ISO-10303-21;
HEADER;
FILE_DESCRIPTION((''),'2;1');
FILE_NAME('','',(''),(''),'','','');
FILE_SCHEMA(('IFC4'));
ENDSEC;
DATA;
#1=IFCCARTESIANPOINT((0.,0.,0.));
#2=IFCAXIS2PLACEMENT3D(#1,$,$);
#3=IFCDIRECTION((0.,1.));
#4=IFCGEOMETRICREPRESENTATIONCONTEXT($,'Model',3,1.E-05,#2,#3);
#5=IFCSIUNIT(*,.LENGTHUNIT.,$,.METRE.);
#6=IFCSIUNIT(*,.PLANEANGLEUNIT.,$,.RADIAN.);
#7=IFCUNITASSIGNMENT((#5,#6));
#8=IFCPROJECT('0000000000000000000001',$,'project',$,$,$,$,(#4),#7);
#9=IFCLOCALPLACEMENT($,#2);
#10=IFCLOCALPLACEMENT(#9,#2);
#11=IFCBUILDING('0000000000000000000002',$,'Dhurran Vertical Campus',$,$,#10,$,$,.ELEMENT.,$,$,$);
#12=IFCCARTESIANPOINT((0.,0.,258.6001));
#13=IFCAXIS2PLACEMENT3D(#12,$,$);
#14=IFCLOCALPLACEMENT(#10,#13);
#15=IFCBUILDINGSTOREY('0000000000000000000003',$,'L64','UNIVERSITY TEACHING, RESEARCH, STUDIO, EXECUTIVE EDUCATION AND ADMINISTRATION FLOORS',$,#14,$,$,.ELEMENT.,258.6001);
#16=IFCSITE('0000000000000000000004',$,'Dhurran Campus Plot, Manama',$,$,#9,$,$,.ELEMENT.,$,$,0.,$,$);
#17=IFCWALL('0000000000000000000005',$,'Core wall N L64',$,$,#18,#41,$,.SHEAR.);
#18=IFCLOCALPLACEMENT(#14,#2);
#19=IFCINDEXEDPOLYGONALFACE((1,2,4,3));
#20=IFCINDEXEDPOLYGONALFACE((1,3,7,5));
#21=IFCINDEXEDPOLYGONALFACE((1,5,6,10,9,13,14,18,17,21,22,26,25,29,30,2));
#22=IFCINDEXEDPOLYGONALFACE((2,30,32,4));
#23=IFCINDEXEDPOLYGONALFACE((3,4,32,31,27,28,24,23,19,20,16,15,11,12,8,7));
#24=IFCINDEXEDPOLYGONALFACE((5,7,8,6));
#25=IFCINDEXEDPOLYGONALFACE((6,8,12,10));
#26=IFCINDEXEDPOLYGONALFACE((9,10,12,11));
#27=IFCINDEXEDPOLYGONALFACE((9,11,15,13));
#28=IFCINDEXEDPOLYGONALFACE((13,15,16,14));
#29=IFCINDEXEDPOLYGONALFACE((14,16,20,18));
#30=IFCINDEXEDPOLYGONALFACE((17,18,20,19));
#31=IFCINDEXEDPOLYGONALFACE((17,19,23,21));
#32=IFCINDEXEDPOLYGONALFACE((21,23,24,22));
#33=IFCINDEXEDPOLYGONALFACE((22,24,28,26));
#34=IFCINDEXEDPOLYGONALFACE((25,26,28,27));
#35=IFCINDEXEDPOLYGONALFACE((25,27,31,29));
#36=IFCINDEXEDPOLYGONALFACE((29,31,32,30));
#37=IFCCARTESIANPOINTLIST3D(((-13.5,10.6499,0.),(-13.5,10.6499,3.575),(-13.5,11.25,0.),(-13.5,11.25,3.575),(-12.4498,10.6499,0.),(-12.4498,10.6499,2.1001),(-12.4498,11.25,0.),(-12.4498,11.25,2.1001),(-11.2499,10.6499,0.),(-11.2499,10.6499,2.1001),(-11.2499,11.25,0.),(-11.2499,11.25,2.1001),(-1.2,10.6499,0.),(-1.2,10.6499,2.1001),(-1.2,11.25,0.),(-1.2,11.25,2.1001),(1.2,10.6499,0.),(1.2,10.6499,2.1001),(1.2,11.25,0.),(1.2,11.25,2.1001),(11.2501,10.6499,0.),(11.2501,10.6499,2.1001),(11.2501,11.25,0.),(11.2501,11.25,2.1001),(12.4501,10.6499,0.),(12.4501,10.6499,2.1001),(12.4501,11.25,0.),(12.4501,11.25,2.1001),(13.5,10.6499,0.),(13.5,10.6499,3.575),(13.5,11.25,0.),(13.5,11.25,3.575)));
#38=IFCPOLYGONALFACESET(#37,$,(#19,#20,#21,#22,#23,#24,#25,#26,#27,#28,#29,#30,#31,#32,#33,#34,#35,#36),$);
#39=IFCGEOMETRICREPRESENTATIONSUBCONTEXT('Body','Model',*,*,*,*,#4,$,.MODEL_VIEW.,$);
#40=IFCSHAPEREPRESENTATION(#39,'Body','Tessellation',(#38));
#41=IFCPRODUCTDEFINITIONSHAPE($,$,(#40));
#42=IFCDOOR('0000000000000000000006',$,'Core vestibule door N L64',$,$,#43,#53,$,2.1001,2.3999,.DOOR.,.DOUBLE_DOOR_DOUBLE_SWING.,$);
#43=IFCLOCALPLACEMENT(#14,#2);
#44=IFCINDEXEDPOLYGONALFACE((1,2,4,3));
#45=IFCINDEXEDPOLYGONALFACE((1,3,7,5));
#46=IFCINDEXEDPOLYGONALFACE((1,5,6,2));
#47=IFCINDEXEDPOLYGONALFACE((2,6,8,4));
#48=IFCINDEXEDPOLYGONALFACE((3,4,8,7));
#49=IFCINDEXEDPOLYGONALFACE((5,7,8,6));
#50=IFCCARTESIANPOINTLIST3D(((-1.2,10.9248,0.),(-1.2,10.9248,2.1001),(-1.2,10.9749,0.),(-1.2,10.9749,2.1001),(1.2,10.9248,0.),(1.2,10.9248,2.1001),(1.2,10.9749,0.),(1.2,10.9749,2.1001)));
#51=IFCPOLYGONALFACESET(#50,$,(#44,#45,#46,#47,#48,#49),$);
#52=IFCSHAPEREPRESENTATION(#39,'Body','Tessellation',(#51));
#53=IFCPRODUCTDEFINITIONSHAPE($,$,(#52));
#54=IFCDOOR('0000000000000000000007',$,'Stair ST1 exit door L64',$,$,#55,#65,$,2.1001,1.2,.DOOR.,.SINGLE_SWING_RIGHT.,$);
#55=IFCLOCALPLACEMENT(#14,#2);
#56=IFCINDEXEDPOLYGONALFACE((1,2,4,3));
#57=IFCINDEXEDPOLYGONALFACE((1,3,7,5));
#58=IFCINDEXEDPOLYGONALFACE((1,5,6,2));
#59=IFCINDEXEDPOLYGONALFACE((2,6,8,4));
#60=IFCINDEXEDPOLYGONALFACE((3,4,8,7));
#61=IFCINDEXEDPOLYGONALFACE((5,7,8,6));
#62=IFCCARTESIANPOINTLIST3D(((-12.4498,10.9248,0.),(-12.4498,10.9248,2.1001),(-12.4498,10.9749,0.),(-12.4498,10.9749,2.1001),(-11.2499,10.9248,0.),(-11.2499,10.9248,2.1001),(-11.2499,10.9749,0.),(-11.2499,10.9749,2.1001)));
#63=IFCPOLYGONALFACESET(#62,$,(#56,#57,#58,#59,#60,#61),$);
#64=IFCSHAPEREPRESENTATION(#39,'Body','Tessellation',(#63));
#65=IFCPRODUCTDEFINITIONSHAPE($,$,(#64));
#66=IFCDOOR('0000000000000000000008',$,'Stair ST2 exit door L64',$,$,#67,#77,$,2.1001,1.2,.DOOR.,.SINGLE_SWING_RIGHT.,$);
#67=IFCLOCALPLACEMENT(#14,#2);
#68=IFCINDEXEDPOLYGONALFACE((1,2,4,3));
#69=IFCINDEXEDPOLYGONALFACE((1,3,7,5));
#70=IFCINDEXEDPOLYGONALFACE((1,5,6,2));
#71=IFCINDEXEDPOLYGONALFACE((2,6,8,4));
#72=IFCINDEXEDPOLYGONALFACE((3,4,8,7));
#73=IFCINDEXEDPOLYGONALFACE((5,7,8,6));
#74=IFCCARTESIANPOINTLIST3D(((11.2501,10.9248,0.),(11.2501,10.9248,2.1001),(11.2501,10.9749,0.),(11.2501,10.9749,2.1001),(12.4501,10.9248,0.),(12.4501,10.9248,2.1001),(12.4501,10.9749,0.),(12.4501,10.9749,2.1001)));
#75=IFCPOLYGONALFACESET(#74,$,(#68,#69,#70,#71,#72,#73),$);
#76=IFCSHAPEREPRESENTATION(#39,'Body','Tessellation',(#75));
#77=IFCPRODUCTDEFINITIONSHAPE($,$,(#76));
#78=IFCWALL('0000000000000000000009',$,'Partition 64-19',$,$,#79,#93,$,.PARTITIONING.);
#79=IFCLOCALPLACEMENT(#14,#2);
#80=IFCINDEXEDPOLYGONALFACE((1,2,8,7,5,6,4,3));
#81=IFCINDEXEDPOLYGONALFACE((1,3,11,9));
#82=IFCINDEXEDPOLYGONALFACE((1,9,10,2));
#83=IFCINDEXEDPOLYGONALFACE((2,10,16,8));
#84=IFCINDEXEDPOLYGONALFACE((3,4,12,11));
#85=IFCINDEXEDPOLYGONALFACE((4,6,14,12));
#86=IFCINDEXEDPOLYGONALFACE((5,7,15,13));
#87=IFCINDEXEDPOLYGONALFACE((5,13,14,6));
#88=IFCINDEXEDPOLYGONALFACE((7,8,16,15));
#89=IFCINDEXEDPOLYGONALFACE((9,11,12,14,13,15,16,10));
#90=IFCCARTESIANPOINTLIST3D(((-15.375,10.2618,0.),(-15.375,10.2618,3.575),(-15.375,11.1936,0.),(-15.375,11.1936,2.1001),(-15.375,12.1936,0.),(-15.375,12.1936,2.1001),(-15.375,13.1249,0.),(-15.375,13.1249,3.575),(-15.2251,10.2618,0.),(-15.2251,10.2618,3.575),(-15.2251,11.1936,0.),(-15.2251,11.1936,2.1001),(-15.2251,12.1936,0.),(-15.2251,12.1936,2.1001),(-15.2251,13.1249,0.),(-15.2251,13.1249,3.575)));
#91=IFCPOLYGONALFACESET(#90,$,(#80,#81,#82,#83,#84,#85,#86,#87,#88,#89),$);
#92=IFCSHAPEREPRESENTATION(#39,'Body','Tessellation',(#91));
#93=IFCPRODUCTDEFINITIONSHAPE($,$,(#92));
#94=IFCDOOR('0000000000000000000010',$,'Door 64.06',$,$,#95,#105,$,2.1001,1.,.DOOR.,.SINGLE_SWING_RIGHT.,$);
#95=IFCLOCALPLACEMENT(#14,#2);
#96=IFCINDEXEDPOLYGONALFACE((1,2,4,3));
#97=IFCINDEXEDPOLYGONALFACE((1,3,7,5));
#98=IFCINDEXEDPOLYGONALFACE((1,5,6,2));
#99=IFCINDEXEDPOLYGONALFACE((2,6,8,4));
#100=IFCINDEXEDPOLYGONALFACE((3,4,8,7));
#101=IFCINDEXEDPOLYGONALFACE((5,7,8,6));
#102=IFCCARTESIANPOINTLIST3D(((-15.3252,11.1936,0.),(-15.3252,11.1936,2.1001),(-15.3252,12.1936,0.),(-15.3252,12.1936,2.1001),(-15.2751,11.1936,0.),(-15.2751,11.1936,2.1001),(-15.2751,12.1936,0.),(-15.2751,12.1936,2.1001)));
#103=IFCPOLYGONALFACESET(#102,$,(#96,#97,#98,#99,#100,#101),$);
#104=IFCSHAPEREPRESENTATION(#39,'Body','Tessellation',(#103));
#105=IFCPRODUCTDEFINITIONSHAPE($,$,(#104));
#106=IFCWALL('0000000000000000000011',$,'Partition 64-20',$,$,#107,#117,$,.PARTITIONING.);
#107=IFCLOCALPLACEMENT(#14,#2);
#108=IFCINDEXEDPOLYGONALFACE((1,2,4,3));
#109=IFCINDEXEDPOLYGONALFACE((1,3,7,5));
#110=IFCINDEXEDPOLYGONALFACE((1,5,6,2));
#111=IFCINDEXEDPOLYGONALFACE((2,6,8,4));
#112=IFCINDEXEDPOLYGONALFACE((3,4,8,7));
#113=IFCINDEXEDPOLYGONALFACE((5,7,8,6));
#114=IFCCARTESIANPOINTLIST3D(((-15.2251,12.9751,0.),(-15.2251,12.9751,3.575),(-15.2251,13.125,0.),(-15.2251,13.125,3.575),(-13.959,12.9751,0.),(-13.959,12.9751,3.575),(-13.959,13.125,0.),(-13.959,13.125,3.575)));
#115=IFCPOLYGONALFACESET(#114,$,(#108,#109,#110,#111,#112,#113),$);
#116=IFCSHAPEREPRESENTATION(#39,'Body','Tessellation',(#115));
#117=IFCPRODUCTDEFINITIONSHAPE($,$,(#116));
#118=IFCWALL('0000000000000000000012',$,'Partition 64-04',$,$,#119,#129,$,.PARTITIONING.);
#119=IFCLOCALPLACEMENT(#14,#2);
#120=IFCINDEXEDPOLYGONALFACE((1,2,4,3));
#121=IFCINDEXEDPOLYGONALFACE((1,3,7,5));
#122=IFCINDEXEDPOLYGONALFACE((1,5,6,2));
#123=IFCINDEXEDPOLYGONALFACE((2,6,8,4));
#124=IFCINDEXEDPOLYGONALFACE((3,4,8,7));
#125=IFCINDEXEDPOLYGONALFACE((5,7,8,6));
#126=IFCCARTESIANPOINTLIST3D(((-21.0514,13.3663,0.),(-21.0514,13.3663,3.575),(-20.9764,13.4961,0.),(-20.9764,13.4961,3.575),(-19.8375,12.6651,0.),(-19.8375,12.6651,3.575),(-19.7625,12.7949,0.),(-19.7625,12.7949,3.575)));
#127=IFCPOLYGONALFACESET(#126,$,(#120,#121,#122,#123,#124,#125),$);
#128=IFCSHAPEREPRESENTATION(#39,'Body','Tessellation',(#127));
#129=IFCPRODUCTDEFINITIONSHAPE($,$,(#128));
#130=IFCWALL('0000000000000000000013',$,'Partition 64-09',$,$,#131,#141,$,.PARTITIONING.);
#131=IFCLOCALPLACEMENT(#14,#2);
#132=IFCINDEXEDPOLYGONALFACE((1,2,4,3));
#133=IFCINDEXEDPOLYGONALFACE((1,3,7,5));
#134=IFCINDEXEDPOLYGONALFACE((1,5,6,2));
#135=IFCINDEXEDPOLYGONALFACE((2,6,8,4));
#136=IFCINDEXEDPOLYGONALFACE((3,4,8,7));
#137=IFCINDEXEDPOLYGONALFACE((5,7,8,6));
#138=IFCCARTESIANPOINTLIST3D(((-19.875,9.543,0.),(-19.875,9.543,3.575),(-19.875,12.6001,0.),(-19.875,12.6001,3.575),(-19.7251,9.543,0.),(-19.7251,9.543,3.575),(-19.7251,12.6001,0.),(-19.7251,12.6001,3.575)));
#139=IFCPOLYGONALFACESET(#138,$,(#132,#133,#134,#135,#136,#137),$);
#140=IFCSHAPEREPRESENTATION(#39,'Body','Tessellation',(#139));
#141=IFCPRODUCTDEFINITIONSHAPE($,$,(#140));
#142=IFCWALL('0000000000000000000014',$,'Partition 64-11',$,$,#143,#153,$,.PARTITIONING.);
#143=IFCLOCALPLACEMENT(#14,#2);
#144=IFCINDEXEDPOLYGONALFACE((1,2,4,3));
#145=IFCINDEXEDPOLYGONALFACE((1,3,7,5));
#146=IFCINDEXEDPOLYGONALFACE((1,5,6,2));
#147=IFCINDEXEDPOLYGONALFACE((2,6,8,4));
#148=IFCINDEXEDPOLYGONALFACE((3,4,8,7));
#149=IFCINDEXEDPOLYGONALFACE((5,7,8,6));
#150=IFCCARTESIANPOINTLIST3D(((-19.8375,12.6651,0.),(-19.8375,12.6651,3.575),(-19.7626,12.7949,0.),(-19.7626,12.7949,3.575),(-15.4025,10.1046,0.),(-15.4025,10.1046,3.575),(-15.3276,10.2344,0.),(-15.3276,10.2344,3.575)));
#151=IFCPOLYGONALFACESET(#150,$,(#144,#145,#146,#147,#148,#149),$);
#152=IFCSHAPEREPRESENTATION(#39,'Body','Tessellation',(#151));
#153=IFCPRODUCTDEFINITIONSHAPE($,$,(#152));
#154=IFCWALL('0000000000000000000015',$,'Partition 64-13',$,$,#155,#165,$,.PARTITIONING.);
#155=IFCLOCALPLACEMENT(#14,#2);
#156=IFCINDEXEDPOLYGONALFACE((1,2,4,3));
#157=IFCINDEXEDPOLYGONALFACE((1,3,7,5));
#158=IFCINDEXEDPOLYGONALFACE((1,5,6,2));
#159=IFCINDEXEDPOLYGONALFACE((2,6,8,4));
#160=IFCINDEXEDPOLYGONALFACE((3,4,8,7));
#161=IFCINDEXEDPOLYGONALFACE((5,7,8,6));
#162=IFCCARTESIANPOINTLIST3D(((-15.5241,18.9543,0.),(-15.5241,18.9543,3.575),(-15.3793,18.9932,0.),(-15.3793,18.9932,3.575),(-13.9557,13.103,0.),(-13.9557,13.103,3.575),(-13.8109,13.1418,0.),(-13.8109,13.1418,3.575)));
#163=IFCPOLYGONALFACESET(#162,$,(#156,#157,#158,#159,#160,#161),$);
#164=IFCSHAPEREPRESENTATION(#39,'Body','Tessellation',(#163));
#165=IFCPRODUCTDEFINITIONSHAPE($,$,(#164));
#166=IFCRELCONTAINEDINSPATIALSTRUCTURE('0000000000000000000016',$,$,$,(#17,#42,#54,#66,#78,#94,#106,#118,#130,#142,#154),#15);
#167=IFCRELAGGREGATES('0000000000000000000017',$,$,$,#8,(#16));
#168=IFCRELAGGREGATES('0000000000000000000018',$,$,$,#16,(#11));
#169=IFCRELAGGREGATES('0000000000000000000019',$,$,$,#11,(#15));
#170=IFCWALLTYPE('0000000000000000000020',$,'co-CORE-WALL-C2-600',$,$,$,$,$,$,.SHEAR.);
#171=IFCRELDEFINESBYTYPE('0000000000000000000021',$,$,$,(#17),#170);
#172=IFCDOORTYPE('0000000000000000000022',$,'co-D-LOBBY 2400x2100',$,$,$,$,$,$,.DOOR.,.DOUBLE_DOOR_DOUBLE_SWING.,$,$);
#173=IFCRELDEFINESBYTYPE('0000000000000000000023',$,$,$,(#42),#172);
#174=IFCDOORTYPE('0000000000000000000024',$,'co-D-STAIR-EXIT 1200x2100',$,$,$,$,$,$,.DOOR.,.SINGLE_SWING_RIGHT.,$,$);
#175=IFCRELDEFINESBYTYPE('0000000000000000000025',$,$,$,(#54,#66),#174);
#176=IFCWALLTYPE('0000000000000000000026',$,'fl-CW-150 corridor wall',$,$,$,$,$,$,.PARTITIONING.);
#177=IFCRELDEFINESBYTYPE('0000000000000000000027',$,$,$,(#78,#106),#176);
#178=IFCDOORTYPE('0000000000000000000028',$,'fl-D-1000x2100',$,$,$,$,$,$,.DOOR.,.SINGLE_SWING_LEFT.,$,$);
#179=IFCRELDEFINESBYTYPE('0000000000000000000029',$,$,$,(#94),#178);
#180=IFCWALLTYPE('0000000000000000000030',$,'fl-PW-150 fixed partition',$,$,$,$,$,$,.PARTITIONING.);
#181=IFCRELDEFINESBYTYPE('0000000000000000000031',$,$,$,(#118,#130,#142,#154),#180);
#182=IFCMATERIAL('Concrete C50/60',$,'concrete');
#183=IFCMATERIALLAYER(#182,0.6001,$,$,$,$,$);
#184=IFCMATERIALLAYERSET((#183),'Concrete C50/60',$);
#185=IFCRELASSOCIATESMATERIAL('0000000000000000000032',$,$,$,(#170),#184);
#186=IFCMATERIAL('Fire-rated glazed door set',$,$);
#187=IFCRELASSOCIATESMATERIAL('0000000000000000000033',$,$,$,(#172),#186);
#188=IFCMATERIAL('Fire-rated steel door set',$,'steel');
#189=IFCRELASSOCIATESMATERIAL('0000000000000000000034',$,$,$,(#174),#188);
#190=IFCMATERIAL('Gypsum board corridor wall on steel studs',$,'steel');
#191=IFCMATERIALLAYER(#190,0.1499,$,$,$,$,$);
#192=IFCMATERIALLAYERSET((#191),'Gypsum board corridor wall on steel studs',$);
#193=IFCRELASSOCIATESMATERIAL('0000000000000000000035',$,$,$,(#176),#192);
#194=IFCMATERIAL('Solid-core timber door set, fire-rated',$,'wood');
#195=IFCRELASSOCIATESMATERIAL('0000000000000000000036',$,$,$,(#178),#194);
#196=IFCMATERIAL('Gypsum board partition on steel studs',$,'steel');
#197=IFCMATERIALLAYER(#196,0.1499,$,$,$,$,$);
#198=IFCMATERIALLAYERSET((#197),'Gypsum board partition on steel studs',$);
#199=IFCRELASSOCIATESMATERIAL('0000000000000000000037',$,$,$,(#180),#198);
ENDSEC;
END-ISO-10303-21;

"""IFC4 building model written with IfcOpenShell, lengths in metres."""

from ifc_helpers import new_model, si_unit, direction, frame, frame_2d, origin, place, context, subcontext, project, spatial, rectangle, extrude, material, layer, layer_set, type_object, element, fill, save


model = new_model("IFC4")

# Units and contexts
model_context = context("Model", 3, precision=1e-05, world=origin(), true_north=direction((0.0, 1.0)))
body_context = subcontext(model_context, "Body", "Model", "MODEL_VIEW")
ifc_project = project(units=[si_unit("LENGTHUNIT", "METRE"), si_unit("PLANEANGLEUNIT", "RADIAN")], contexts=[model_context])

# Site, building, storey
site_placement = place(None, origin())
site = spatial("IfcSite", under=ifc_project, at=site_placement, Name="Dhurran Campus Plot, Manama", CompositionType="ELEMENT", RefElevation=0.0)
building_placement = place(site_placement, origin())
building = spatial("IfcBuilding", under=site, at=building_placement, Name="Dhurran Vertical Campus", CompositionType="ELEMENT")
storey_placement = place(building_placement, frame((0.0, 0.0, 258.6001)))
storey = spatial("IfcBuildingStorey", under=building, at=storey_placement, Name="L64", Description="UNIVERSITY TEACHING, RESEARCH, STUDIO, EXECUTIVE EDUCATION AND ADMINISTRATION FLOORS", CompositionType="ELEMENT", Elevation=258.6001)

# Wall, openings, doors
ifc_material_1 = material(Name="Concrete C50/60", Category="concrete")
ifc_layer_1 = layer(ifc_material_1, 0.6001)
ifc_layer_set_1 = layer_set([ifc_layer_1], Name="Concrete C50/60")
wall_type_1 = type_object("IfcWallType", Name="co-CORE-WALL-C2-600", PredefinedType="SHEAR", material=ifc_layer_set_1)
wall_1_placement = place(storey_placement, frame((-13.5, 10.95, 0.0), z_axis=(0.0, 0.0, 1.0), x_axis=(1.0, 0.0, 0.0)))
wall_1 = element("IfcWall", 1, at=wall_1_placement, inside=storey, type_object=wall_type_1, Name="Core wall N L64", PredefinedType="SHEAR", context=body_context, shape_type="SweptSolid", body=[
    extrude(rectangle(XDim=27.0, YDim=0.6001, at=frame_2d((13.5, 0.0))), origin(), (0.0, 0.0, 1.0), 3.575),
])
opening_1_placement = place(wall_1_placement, frame((12.3, 0.0, 0.0)))
opening_1 = element("IfcOpeningElement", 2, at=opening_1_placement, cuts=wall_1, PredefinedType="OPENING", context=body_context, shape_type="SweptSolid", body=[
    extrude(rectangle(XDim=2.3999, YDim=2.1001, at=frame_2d((1.2, 1.05))), frame((0.0, 0.3101, 0.0), z_axis=(0.0, -1.0, 0.0), x_axis=(1.0, 0.0, 0.0)), (0.0, 0.0, 1.0), 0.6201),
])
opening_2_placement = place(wall_1_placement, frame((1.05, 0.0, 0.0)))
opening_2 = element("IfcOpeningElement", 3, at=opening_2_placement, cuts=wall_1, PredefinedType="OPENING", context=body_context, shape_type="SweptSolid", body=[
    extrude(rectangle(XDim=1.2, YDim=2.1001, at=frame_2d((0.6001, 1.05))), frame((0.0, 0.3101, 0.0), z_axis=(0.0, -1.0, 0.0), x_axis=(1.0, 0.0, 0.0)), (0.0, 0.0, 1.0), 0.6201),
])
opening_3_placement = place(wall_1_placement, frame((24.75, 0.0, 0.0)))
opening_3 = element("IfcOpeningElement", 4, at=opening_3_placement, cuts=wall_1, PredefinedType="OPENING", context=body_context, shape_type="SweptSolid", body=[
    extrude(rectangle(XDim=1.2, YDim=2.1001, at=frame_2d((0.6001, 1.05))), frame((0.0, 0.3101, 0.0), z_axis=(0.0, -1.0, 0.0), x_axis=(1.0, 0.0, 0.0)), (0.0, 0.0, 1.0), 0.6201),
])
ifc_material_2 = material(Name="Fire-rated glazed door set")
door_type_1 = type_object("IfcDoorType", Name="co-D-LOBBY 2400x2100", OperationType="DOUBLE_DOOR_DOUBLE_SWING", PredefinedType="DOOR", material=ifc_material_2)
door_1_placement = place(opening_1_placement, origin())
door_1 = element("IfcDoor", 5, at=door_1_placement, inside=storey, type_object=door_type_1, Name="Core vestibule door N L64", OperationType="DOUBLE_DOOR_DOUBLE_SWING", OverallHeight=2.1001, OverallWidth=2.3999, PredefinedType="DOOR", context=body_context, shape_type="SweptSolid", body=[
    extrude(rectangle(XDim=2.3999, YDim=2.1001, at=frame_2d((1.2, 1.05))), frame((0.0, 0.0249, 0.0), z_axis=(0.0, -1.0, 0.0), x_axis=(1.0, 0.0, 0.0)), (0.0, 0.0, 1.0), 0.05),
])
fill(opening_1, door_1)
ifc_material_3 = material(Name="Fire-rated steel door set", Category="steel")
door_type_2 = type_object("IfcDoorType", Name="co-D-STAIR-EXIT 1200x2100", OperationType="SINGLE_SWING_RIGHT", PredefinedType="DOOR", material=ifc_material_3)
door_2_placement = place(opening_2_placement, origin())
door_2 = element("IfcDoor", 6, at=door_2_placement, inside=storey, type_object=door_type_2, Name="Stair ST1 exit door L64", OperationType="SINGLE_SWING_RIGHT", OverallHeight=2.1001, OverallWidth=1.2, PredefinedType="DOOR", context=body_context, shape_type="SweptSolid", body=[
    extrude(rectangle(XDim=1.2, YDim=2.1001, at=frame_2d((0.6001, 1.05))), frame((0.0, 0.0249, 0.0), z_axis=(0.0, -1.0, 0.0), x_axis=(1.0, 0.0, 0.0)), (0.0, 0.0, 1.0), 0.05),
])
fill(opening_2, door_2)
door_3_placement = place(opening_3_placement, origin())
door_3 = element("IfcDoor", 7, at=door_3_placement, inside=storey, type_object=door_type_2, Name="Stair ST2 exit door L64", OperationType="SINGLE_SWING_RIGHT", OverallHeight=2.1001, OverallWidth=1.2, PredefinedType="DOOR", context=body_context, shape_type="SweptSolid", body=[
    extrude(rectangle(XDim=1.2, YDim=2.1001, at=frame_2d((0.6001, 1.05))), frame((0.0, 0.0249, 0.0), z_axis=(0.0, -1.0, 0.0), x_axis=(1.0, 0.0, 0.0)), (0.0, 0.0, 1.0), 0.05),
])
fill(opening_3, door_3)

# Wall, opening, door
ifc_material_4 = material(Name="Gypsum board corridor wall on steel studs", Category="steel")
ifc_layer_2 = layer(ifc_material_4, 0.1499)
ifc_layer_set_2 = layer_set([ifc_layer_2], Name="Gypsum board corridor wall on steel studs")
wall_type_2 = type_object("IfcWallType", Name="fl-CW-150 corridor wall", PredefinedType="PARTITIONING", material=ifc_layer_set_2)
wall_2_placement = place(storey_placement, frame((-15.3, 13.125, 0.0), z_axis=(0.0, 0.0, 1.0), x_axis=(0.0, -1.0, 0.0)))
wall_2 = element("IfcWall", 8, at=wall_2_placement, inside=storey, type_object=wall_type_2, Name="Partition 64-19", PredefinedType="PARTITIONING", context=body_context, shape_type="SweptSolid", body=[
    extrude(rectangle(XDim=2.863, YDim=0.1499, at=frame_2d((1.4316, 0.0))), origin(), (0.0, 0.0, 1.0), 3.575),
])
opening_4_placement = place(wall_2_placement, frame((0.9314, 0.0, 0.0)))
opening_4 = element("IfcOpeningElement", 9, at=opening_4_placement, cuts=wall_2, PredefinedType="OPENING", context=body_context, shape_type="SweptSolid", body=[
    extrude(rectangle(XDim=1.0, YDim=2.1001, at=frame_2d((0.5, 1.05))), frame((0.0, 0.085, 0.0), z_axis=(0.0, -1.0, 0.0), x_axis=(1.0, 0.0, 0.0)), (0.0, 0.0, 1.0), 0.1699),
])
ifc_material_5 = material(Name="Solid-core timber door set, fire-rated", Category="wood")
door_type_3 = type_object("IfcDoorType", Name="fl-D-1000x2100", OperationType="SINGLE_SWING_LEFT", PredefinedType="DOOR", material=ifc_material_5)
door_4_placement = place(opening_4_placement, origin())
door_4 = element("IfcDoor", 10, at=door_4_placement, inside=storey, type_object=door_type_3, Name="Door 64.06", OperationType="SINGLE_SWING_RIGHT", OverallHeight=2.1001, OverallWidth=1.0, PredefinedType="DOOR", context=body_context, shape_type="SweptSolid", body=[
    extrude(rectangle(XDim=1.0, YDim=2.1001, at=frame_2d((0.5, 1.05))), frame((0.0, 0.0249, 0.0), z_axis=(0.0, -1.0, 0.0), x_axis=(1.0, 0.0, 0.0)), (0.0, 0.0, 1.0), 0.05),
])
fill(opening_4, door_4)

# Walls
wall_3_placement = place(storey_placement, frame((-13.959, 13.05, 0.0), z_axis=(0.0, 0.0, 1.0), x_axis=(-1.0, 0.0, 0.0)))
element("IfcWall", 11, at=wall_3_placement, inside=storey, type_object=wall_type_2, Name="Partition 64-20", PredefinedType="PARTITIONING", context=body_context, shape_type="SweptSolid", body=[
    extrude(rectangle(XDim=1.2661, YDim=0.1499, at=frame_2d((0.6331, 0.0))), origin(), (0.0, 0.0, 1.0), 3.575),
])
ifc_material_6 = material(Name="Gypsum board partition on steel studs", Category="steel")
ifc_layer_3 = layer(ifc_material_6, 0.1499)
ifc_layer_set_3 = layer_set([ifc_layer_3], Name="Gypsum board partition on steel studs")
wall_type_3 = type_object("IfcWallType", Name="fl-PW-150 fixed partition", PredefinedType="PARTITIONING", material=ifc_layer_set_3)
wall_4_placement = place(storey_placement, frame((-21.0139, 13.4312, 0.0), z_axis=(0.0, 0.0, 1.0), x_axis=(0.865919, -0.500185, 0.0)))
element("IfcWall", 12, at=wall_4_placement, inside=storey, type_object=wall_type_3, Name="Partition 64-04", PredefinedType="PARTITIONING", context=body_context, shape_type="SweptSolid", body=[
    extrude(rectangle(XDim=1.4019, YDim=0.1499, at=frame_2d((0.7009, 0.0))), origin(), (0.0, 0.0, 1.0), 3.575),
])
wall_5_placement = place(storey_placement, frame((-19.8, 12.6001, 0.0), z_axis=(0.0, 0.0, 1.0), x_axis=(0.0, -1.0, 0.0)))
element("IfcWall", 13, at=wall_5_placement, inside=storey, type_object=wall_type_3, Name="Partition 64-09", PredefinedType="PARTITIONING", context=body_context, shape_type="SweptSolid", body=[
    extrude(rectangle(XDim=3.0571, YDim=0.1499, at=frame_2d((1.5286, 0.0))), origin(), (0.0, 0.0, 1.0), 3.575),
])
wall_6_placement = place(storey_placement, frame((-19.8, 12.73, 0.0), z_axis=(0.0, 0.0, 1.0), x_axis=(0.866028, -0.499995, 0.0)))
element("IfcWall", 14, at=wall_6_placement, inside=storey, type_object=wall_type_3, Name="Partition 64-11", PredefinedType="PARTITIONING", context=body_context, shape_type="SweptSolid", body=[
    extrude(rectangle(XDim=5.1211, YDim=0.1499, at=frame_2d((2.5605, 0.0))), origin(), (0.0, 0.0, 1.0), 3.575),
])
wall_7_placement = place(storey_placement, frame((-15.4517, 18.9736, 0.0), z_axis=(0.0, 0.0, 1.0), x_axis=(0.258897, -0.965905, 0.0)))
element("IfcWall", 15, at=wall_7_placement, inside=storey, type_object=wall_type_3, Name="Partition 64-13", PredefinedType="PARTITIONING", context=body_context, shape_type="SweptSolid", body=[
    extrude(rectangle(XDim=6.0579, YDim=0.1499, at=frame_2d((3.0288, 0.0))), origin(), (0.0, 0.0, 1.0), 3.575),
])

save(model, "model.ifc")
